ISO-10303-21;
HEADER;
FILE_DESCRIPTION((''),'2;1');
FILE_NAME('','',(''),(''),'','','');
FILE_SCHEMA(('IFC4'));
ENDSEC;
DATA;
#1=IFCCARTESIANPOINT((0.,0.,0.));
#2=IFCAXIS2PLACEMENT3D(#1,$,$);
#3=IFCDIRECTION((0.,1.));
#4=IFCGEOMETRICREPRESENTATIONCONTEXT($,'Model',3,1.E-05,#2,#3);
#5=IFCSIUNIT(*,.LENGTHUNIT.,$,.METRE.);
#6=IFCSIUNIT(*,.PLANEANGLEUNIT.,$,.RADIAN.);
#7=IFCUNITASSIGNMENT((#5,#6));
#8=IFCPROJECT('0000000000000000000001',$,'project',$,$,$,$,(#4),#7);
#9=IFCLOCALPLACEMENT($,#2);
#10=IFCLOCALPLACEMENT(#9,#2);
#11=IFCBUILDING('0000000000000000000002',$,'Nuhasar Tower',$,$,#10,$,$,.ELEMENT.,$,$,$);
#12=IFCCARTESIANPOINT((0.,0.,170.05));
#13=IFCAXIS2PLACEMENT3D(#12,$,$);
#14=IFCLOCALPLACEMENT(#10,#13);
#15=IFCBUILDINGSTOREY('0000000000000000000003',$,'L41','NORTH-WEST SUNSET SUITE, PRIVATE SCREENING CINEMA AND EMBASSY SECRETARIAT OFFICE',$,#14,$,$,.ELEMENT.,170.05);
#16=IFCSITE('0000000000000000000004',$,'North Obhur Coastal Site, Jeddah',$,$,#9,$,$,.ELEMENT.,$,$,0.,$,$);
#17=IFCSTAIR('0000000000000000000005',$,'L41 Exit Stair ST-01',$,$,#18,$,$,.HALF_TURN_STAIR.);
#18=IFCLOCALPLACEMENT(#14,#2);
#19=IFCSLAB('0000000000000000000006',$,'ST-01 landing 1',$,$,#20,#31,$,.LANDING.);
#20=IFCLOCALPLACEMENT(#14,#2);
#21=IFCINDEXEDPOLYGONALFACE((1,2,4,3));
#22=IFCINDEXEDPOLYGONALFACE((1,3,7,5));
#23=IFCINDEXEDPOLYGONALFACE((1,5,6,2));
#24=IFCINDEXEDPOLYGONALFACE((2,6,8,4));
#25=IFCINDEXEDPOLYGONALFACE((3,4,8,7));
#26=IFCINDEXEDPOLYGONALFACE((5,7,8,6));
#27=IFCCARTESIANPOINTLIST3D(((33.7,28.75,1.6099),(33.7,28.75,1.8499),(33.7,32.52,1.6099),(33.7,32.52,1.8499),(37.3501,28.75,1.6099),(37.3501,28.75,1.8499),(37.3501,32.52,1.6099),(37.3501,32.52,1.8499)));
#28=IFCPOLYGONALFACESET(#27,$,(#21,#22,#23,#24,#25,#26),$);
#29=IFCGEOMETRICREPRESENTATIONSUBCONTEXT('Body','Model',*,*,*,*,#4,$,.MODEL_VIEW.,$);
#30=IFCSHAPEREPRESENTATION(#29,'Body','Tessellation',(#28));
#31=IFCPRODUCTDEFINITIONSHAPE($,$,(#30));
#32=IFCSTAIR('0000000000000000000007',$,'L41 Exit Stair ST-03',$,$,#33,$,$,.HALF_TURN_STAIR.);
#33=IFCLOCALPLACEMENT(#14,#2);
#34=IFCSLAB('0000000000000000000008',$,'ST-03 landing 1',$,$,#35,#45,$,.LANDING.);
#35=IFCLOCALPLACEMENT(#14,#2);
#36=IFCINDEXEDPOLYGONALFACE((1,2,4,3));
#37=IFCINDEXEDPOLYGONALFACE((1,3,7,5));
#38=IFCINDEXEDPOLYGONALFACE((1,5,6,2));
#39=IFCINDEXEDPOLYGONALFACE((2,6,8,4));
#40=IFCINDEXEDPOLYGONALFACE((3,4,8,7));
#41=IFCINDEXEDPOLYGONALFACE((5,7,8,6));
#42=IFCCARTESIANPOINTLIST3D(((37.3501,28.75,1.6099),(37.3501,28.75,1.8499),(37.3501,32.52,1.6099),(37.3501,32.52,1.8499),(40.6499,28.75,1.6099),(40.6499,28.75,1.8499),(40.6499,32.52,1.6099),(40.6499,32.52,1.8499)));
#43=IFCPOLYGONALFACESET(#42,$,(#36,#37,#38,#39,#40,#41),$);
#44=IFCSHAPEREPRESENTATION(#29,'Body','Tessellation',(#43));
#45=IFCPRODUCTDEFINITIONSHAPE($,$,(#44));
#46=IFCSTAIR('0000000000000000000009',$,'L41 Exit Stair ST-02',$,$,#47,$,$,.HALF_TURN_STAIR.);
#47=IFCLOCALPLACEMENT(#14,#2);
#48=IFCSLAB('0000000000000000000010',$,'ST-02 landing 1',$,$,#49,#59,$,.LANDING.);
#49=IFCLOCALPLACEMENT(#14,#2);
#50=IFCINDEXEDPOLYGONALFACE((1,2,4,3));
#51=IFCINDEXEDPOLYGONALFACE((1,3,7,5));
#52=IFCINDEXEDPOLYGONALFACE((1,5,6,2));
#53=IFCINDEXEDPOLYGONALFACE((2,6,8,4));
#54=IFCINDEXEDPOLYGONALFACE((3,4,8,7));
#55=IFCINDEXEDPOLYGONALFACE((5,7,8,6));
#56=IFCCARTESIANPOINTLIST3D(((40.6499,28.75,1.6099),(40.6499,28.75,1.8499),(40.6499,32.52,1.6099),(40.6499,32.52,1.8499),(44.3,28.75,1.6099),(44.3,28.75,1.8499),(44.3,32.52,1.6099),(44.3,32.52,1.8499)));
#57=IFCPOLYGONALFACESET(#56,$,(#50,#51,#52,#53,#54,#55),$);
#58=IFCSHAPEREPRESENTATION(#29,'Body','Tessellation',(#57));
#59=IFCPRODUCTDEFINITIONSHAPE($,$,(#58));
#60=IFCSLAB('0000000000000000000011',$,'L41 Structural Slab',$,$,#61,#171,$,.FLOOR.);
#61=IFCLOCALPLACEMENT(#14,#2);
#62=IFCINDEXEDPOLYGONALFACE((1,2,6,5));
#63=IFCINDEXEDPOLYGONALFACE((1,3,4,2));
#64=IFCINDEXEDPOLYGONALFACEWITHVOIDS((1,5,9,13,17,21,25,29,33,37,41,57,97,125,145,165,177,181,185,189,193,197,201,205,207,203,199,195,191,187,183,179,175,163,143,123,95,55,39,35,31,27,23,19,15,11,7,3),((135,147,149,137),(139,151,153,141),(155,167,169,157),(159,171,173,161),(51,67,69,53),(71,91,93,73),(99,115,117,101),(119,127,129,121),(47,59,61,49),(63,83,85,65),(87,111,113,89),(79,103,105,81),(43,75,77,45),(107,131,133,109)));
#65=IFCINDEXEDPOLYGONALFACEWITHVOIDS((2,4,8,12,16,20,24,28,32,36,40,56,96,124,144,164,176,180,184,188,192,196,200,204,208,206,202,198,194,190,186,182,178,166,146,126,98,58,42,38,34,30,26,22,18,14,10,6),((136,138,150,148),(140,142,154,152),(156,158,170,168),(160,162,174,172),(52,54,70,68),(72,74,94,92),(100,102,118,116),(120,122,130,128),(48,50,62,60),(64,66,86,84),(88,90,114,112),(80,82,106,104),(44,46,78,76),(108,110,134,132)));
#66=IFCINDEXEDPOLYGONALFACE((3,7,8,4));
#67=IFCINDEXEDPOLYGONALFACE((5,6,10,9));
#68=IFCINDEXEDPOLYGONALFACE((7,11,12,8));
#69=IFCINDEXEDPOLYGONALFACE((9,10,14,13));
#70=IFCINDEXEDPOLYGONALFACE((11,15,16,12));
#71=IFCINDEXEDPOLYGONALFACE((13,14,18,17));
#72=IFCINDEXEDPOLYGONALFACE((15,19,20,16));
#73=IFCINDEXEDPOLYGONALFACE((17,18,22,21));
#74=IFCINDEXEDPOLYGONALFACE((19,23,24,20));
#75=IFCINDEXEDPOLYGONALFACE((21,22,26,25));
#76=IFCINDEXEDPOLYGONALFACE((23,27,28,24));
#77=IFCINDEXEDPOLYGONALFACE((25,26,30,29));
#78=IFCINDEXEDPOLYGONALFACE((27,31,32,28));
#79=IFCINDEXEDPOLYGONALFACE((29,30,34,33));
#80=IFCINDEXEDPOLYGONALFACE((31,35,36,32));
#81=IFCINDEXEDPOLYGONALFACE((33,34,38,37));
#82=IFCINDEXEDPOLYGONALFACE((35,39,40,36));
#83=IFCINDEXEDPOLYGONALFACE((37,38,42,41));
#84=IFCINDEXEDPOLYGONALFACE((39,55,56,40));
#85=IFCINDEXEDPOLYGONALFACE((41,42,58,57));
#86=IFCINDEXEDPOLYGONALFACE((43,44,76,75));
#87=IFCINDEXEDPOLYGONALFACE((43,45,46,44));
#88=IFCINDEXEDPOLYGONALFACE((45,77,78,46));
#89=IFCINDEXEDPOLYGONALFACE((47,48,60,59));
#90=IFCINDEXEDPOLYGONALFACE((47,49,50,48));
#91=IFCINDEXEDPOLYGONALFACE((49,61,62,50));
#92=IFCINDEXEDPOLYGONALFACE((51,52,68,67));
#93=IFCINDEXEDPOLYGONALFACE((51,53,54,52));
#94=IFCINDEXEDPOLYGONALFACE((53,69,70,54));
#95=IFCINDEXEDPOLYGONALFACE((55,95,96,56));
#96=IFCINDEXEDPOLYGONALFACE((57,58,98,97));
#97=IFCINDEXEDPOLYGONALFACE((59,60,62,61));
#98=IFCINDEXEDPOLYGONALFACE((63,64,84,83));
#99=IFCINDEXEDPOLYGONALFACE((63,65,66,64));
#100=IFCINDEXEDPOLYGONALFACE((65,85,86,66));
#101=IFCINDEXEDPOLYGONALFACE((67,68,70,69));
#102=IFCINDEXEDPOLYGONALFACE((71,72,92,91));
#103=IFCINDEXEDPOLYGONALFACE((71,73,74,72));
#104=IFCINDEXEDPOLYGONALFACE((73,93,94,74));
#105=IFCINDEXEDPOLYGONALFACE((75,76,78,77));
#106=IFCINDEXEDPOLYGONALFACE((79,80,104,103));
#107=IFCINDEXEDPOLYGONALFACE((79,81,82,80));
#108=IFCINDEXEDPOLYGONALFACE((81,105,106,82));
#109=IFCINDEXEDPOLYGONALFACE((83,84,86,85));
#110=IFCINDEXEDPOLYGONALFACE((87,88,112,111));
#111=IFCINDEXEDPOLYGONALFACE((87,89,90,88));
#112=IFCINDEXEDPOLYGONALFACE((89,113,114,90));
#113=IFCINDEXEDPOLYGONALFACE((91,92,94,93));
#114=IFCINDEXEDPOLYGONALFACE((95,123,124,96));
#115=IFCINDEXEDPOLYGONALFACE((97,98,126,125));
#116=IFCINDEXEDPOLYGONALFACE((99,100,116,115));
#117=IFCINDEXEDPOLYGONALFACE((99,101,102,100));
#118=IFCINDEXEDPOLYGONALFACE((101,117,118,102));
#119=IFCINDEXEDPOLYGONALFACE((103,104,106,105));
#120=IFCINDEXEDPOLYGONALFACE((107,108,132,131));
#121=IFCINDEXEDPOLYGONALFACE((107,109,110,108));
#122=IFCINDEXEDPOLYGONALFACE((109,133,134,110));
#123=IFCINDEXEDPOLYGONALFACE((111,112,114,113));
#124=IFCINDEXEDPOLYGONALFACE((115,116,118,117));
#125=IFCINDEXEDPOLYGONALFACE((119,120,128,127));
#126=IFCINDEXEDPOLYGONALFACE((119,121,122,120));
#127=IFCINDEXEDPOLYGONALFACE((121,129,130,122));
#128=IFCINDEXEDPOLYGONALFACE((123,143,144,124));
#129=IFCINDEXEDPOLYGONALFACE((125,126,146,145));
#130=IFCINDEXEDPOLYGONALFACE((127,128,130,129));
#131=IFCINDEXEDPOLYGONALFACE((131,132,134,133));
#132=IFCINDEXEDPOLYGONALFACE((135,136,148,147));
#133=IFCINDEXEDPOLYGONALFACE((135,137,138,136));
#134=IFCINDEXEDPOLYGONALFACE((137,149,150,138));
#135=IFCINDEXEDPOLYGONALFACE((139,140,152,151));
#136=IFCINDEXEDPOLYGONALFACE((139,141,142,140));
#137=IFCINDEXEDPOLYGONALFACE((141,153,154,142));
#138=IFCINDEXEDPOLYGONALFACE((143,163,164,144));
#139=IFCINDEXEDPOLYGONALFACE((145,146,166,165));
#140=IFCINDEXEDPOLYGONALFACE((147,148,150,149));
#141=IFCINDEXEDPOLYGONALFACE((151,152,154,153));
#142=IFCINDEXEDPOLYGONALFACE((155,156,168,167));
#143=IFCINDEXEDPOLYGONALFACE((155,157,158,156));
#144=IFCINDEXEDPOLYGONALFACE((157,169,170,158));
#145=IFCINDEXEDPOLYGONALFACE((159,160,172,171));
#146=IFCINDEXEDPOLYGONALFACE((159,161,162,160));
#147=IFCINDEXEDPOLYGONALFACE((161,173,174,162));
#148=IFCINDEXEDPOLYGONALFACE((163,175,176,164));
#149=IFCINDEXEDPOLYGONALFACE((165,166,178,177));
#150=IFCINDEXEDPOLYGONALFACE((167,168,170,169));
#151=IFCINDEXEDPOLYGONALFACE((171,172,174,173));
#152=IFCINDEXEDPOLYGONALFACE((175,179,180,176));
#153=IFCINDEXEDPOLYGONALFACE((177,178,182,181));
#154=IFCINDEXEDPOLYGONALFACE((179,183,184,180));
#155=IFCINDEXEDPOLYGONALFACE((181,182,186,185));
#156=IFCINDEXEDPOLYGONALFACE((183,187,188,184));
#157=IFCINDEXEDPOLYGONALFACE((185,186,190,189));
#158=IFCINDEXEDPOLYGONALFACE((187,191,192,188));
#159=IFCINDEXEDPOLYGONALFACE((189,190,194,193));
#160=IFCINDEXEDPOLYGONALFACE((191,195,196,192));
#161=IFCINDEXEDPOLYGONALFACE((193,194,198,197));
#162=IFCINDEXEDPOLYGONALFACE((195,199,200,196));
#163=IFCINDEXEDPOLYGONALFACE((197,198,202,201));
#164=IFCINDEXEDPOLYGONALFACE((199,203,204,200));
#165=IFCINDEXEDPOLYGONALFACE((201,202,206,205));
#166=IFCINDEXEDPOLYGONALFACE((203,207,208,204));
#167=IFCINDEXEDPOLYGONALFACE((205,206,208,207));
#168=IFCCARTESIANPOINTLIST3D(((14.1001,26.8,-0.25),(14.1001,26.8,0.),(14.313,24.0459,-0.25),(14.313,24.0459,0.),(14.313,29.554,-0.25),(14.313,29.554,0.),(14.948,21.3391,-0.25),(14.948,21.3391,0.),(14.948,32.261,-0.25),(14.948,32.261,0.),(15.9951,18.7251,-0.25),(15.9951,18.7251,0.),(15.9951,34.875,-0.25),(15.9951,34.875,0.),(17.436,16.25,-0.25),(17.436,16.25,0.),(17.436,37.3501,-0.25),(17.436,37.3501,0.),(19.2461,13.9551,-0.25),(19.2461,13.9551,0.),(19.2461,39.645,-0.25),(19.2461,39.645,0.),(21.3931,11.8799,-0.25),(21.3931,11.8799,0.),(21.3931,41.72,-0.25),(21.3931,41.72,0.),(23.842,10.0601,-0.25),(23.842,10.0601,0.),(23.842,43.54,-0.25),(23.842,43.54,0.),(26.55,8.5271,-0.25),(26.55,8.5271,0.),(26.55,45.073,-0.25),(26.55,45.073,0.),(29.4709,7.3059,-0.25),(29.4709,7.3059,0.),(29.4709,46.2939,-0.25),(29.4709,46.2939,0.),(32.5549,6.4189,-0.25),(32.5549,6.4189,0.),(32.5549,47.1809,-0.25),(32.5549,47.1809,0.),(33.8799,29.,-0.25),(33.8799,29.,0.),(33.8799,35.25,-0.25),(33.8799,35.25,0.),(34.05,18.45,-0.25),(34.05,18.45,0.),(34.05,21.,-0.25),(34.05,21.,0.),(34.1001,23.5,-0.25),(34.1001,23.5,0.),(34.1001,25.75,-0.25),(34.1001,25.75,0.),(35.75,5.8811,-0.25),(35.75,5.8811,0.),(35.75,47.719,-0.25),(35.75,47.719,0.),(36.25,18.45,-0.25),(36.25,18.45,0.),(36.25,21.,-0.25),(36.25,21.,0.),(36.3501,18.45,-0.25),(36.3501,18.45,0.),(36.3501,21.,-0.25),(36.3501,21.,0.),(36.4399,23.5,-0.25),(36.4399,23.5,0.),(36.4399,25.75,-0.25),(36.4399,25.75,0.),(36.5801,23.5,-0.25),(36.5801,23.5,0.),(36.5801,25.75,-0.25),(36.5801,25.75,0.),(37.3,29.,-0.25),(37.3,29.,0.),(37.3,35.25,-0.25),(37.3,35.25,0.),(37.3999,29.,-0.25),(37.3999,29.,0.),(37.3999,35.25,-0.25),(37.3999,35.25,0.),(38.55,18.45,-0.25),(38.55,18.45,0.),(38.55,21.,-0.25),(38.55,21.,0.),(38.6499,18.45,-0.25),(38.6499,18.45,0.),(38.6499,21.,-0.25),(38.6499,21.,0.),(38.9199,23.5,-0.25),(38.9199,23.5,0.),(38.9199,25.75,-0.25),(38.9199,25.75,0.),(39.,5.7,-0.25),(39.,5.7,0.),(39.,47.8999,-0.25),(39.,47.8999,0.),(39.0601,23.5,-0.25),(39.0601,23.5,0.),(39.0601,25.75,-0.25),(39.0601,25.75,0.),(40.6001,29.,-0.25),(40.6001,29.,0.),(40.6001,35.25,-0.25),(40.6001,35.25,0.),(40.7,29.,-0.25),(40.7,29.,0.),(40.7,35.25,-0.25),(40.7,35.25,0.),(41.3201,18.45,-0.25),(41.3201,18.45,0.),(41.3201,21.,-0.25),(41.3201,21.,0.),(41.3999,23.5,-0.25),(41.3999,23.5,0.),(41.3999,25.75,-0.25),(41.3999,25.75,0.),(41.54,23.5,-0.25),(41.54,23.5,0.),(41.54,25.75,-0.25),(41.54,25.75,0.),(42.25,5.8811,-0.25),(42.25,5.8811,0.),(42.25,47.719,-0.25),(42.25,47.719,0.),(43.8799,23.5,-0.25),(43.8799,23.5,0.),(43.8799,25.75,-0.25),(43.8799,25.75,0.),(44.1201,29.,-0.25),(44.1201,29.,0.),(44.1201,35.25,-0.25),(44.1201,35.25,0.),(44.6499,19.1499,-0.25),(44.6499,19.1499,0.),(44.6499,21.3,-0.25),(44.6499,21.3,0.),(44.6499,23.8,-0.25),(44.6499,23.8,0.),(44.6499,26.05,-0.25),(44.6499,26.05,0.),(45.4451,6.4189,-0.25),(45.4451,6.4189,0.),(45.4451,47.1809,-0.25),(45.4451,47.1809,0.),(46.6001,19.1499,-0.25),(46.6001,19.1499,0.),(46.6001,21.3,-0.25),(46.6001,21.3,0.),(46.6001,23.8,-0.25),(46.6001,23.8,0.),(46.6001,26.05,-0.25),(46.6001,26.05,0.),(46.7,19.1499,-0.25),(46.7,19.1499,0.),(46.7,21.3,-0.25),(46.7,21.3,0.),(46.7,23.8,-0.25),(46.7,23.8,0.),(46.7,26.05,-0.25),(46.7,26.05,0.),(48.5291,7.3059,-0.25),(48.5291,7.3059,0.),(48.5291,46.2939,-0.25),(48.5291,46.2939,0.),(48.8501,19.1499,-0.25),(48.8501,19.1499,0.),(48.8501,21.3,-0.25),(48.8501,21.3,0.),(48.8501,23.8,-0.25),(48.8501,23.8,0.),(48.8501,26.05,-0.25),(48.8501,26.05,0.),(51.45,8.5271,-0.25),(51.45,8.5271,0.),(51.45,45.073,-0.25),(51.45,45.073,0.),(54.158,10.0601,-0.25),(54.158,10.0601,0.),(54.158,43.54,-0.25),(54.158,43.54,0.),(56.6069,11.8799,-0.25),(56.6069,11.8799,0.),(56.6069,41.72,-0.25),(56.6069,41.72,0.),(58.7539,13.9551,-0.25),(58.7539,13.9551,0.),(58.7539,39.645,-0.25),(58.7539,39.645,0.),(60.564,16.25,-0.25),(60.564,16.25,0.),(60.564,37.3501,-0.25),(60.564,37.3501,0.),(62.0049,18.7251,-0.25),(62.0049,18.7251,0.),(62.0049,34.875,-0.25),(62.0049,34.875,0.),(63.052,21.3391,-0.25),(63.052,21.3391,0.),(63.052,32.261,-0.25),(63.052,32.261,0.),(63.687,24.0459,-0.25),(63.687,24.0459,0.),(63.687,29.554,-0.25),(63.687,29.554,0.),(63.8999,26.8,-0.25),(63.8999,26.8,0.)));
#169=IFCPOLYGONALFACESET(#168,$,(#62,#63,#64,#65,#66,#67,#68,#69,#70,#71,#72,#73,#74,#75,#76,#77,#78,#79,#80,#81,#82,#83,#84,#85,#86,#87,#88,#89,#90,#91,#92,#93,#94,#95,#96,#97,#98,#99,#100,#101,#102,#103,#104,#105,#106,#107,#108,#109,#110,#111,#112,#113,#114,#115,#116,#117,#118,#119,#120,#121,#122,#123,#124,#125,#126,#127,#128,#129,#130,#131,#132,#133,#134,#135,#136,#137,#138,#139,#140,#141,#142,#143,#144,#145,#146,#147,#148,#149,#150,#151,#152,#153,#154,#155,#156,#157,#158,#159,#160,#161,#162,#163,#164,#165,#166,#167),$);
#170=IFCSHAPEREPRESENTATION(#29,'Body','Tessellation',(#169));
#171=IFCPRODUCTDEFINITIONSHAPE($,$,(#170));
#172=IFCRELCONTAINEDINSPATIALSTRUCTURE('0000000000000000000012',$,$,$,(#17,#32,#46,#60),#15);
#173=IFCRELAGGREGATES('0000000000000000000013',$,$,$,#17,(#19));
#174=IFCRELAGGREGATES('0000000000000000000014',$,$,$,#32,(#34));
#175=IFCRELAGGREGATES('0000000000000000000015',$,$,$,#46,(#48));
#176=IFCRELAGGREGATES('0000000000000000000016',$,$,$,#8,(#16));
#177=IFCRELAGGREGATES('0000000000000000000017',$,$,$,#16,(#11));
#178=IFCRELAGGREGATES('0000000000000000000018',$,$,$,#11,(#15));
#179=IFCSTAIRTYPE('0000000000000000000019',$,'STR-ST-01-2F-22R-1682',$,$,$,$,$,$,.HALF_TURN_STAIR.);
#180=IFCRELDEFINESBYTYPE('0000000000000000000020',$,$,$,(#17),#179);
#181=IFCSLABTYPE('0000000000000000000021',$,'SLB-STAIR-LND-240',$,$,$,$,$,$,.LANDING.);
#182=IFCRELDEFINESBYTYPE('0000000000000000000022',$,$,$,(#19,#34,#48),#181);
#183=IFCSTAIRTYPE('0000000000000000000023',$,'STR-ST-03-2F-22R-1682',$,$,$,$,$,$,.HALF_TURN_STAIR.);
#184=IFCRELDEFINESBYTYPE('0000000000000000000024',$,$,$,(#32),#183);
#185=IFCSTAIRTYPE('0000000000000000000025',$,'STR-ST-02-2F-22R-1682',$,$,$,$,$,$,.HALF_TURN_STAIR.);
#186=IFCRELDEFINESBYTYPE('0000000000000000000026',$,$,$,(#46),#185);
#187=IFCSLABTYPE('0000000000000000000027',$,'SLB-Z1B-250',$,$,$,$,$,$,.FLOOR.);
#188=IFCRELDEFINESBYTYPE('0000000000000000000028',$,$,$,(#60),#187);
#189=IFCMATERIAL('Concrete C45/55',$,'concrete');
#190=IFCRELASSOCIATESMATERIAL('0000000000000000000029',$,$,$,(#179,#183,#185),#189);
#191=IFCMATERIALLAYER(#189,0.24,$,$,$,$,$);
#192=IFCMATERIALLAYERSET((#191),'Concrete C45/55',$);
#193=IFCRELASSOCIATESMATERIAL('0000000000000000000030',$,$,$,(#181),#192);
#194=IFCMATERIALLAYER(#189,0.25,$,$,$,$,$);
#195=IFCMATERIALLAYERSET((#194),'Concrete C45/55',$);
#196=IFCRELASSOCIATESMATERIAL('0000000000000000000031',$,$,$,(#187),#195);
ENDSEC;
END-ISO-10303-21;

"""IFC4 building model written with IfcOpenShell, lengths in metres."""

from ifc_helpers import new_model, si_unit, direction, frame, origin, place, context, subcontext, project, spatial, polyline, outline, extrude, material, layer, layer_set, type_object, element, aggregate, save


model = new_model("IFC4")

# Units and contexts
model_context = context("Model", 3, precision=1e-05, world=origin(), true_north=direction((0.0, 1.0)))
body_context = subcontext(model_context, "Body", "Model", "MODEL_VIEW")
ifc_project = project(units=[si_unit("LENGTHUNIT", "METRE"), si_unit("PLANEANGLEUNIT", "RADIAN")], contexts=[model_context])

# Site, building, storey
site_placement = place(None, origin())
site = spatial("IfcSite", under=ifc_project, at=site_placement, Name="North Obhur Coastal Site, Jeddah", CompositionType="ELEMENT", RefElevation=0.0)
building_placement = place(site_placement, origin())
building = spatial("IfcBuilding", under=site, at=building_placement, Name="Nuhasar Tower", CompositionType="ELEMENT")
storey_placement = place(building_placement, frame((0.0, 0.0, 170.05)))
storey = spatial("IfcBuildingStorey", under=building, at=storey_placement, Name="L41", Description="NORTH-WEST SUNSET SUITE, PRIVATE SCREENING CINEMA AND EMBASSY SECRETARIAT OFFICE", CompositionType="ELEMENT", Elevation=170.05)

# Stairs, slabs
ifc_material_1 = material(Name="Concrete C45/55", Category="concrete")
stair_type_1 = type_object("IfcStairType", Name="STR-ST-01-2F-22R-1682", PredefinedType="HALF_TURN_STAIR", material=ifc_material_1)
stair_1_placement = place(storey_placement, origin())
stair_1 = element("IfcStair", 1, at=stair_1_placement, inside=storey, type_object=stair_type_1, Name="L41 Exit Stair ST-01", PredefinedType="HALF_TURN_STAIR")
ifc_layer_1 = layer(ifc_material_1, 0.24)
ifc_layer_set_1 = layer_set([ifc_layer_1], Name="Concrete C45/55")
slab_type_1 = type_object("IfcSlabType", Name="SLB-STAIR-LND-240", PredefinedType="LANDING", material=ifc_layer_set_1)
slab_1_placement = place(storey_placement, frame((0.0, 0.0, 1.6099)))
slab_1 = element("IfcSlab", 2, at=slab_1_placement, type_object=slab_type_1, Name="ST-01 landing 1", PredefinedType="LANDING", context=body_context, shape_type="SweptSolid", body=[
    extrude(outline(polyline([(33.7, 28.75), (37.3501, 28.75), (37.3501, 32.52), (33.7, 32.52), (33.7, 28.75)])), origin(), (0.0, 0.0, 1.0), 0.24),
])
aggregate(stair_1, [slab_1])
stair_type_2 = type_object("IfcStairType", Name="STR-ST-03-2F-22R-1682", PredefinedType="HALF_TURN_STAIR", material=ifc_material_1)
stair_2_placement = place(storey_placement, origin())
stair_2 = element("IfcStair", 3, at=stair_2_placement, inside=storey, type_object=stair_type_2, Name="L41 Exit Stair ST-03", PredefinedType="HALF_TURN_STAIR")
slab_2_placement = place(storey_placement, frame((0.0, 0.0, 1.6099)))
slab_2 = element("IfcSlab", 4, at=slab_2_placement, type_object=slab_type_1, Name="ST-03 landing 1", PredefinedType="LANDING", context=body_context, shape_type="SweptSolid", body=[
    extrude(outline(polyline([(37.3501, 28.75), (40.6499, 28.75), (40.6499, 32.52), (37.3501, 32.52), (37.3501, 28.75)])), origin(), (0.0, 0.0, 1.0), 0.24),
])
aggregate(stair_2, [slab_2])
stair_type_3 = type_object("IfcStairType", Name="STR-ST-02-2F-22R-1682", PredefinedType="HALF_TURN_STAIR", material=ifc_material_1)
stair_3_placement = place(storey_placement, origin())
stair_3 = element("IfcStair", 5, at=stair_3_placement, inside=storey, type_object=stair_type_3, Name="L41 Exit Stair ST-02", PredefinedType="HALF_TURN_STAIR")
slab_3_placement = place(storey_placement, frame((0.0, 0.0, 1.6099)))
slab_3 = element("IfcSlab", 6, at=slab_3_placement, type_object=slab_type_1, Name="ST-02 landing 1", PredefinedType="LANDING", context=body_context, shape_type="SweptSolid", body=[
    extrude(outline(polyline([(40.6499, 28.75), (44.3, 28.75), (44.3, 32.52), (40.6499, 32.52), (40.6499, 28.75)])), origin(), (0.0, 0.0, 1.0), 0.24),
])
aggregate(stair_3, [slab_3])

# Slab
ifc_layer_2 = layer(ifc_material_1, 0.25)
ifc_layer_set_2 = layer_set([ifc_layer_2], Name="Concrete C45/55")
slab_type_2 = type_object("IfcSlabType", Name="SLB-Z1B-250", PredefinedType="FLOOR", material=ifc_layer_set_2)
slab_4_placement = place(storey_placement, frame((0.0, 0.0, -0.25)))
element("IfcSlab", 7, at=slab_4_placement, inside=storey, type_object=slab_type_2, Name="L41 Structural Slab", PredefinedType="FLOOR", context=body_context, shape_type="SweptSolid", body=[
    extrude(outline(polyline([(63.8999, 26.8), (63.687, 29.554), (63.052, 32.261), (62.0049, 34.875), (60.564, 37.3501), (58.7539, 39.645), (56.6069, 41.72), (54.158, 43.54), (51.45, 45.073), (48.5291, 46.2939), (45.4451, 47.1809), (42.25, 47.719), (39.0, 47.8999), (35.75, 47.719), (32.5549, 47.1809), (29.4709, 46.2939), (26.55, 45.073), (23.842, 43.54), (21.3931, 41.72), (19.2461, 39.645), (17.436, 37.3501), (15.9951, 34.875), (14.948, 32.261), (14.313, 29.554), (14.1001, 26.8), (14.313, 24.0459), (14.948, 21.3391), (15.9951, 18.7251), (17.436, 16.25), (19.2461, 13.9551), (21.3931, 11.8799), (23.842, 10.0601), (26.55, 8.5271), (29.4709, 7.3059), (32.5549, 6.4189), (35.75, 5.8811), (39.0, 5.7), (42.25, 5.8811), (45.4451, 6.4189), (48.5291, 7.3059), (51.45, 8.5271), (54.158, 10.0601), (56.6069, 11.8799), (58.7539, 13.9551), (60.564, 16.25), (62.0049, 18.7251), (63.052, 21.3391), (63.687, 24.0459), (63.8999, 26.8)]), holes=[polyline([(33.8799, 35.25), (37.3, 35.25), (37.3, 29.0), (33.8799, 29.0), (33.8799, 35.25)]), polyline([(37.3999, 35.25), (40.6001, 35.25), (40.6001, 29.0), (37.3999, 29.0), (37.3999, 35.25)]), polyline([(40.7, 35.25), (44.1201, 35.25), (44.1201, 29.0), (40.7, 29.0), (40.7, 35.25)]), polyline([(44.6499, 26.05), (46.6001, 26.05), (46.6001, 23.8), (44.6499, 23.8), (44.6499, 26.05)]), polyline([(46.7, 26.05), (48.8501, 26.05), (48.8501, 23.8), (46.7, 23.8), (46.7, 26.05)]), polyline([(44.6499, 21.3), (46.6001, 21.3), (46.6001, 19.1499), (44.6499, 19.1499), (44.6499, 21.3)]), polyline([(46.7, 21.3), (48.8501, 21.3), (48.8501, 19.1499), (46.7, 19.1499), (46.7, 21.3)]), polyline([(34.1001, 25.75), (36.4399, 25.75), (36.4399, 23.5), (34.1001, 23.5), (34.1001, 25.75)]), polyline([(36.5801, 25.75), (38.9199, 25.75), (38.9199, 23.5), (36.5801, 23.5), (36.5801, 25.75)]), polyline([(39.0601, 25.75), (41.3999, 25.75), (41.3999, 23.5), (39.0601, 23.5), (39.0601, 25.75)]), polyline([(41.54, 25.75), (43.8799, 25.75), (43.8799, 23.5), (41.54, 23.5), (41.54, 25.75)]), polyline([(34.05, 21.0), (36.25, 21.0), (36.25, 18.45), (34.05, 18.45), (34.05, 21.0)]), polyline([(36.3501, 21.0), (38.55, 21.0), (38.55, 18.45), (36.3501, 18.45), (36.3501, 21.0)]), polyline([(38.6499, 21.0), (41.3201, 21.0), (41.3201, 18.45), (38.6499, 18.45), (38.6499, 21.0)])]), origin(), (0.0, 0.0, 1.0), 0.25),
])

save(model, "model.ifc")
